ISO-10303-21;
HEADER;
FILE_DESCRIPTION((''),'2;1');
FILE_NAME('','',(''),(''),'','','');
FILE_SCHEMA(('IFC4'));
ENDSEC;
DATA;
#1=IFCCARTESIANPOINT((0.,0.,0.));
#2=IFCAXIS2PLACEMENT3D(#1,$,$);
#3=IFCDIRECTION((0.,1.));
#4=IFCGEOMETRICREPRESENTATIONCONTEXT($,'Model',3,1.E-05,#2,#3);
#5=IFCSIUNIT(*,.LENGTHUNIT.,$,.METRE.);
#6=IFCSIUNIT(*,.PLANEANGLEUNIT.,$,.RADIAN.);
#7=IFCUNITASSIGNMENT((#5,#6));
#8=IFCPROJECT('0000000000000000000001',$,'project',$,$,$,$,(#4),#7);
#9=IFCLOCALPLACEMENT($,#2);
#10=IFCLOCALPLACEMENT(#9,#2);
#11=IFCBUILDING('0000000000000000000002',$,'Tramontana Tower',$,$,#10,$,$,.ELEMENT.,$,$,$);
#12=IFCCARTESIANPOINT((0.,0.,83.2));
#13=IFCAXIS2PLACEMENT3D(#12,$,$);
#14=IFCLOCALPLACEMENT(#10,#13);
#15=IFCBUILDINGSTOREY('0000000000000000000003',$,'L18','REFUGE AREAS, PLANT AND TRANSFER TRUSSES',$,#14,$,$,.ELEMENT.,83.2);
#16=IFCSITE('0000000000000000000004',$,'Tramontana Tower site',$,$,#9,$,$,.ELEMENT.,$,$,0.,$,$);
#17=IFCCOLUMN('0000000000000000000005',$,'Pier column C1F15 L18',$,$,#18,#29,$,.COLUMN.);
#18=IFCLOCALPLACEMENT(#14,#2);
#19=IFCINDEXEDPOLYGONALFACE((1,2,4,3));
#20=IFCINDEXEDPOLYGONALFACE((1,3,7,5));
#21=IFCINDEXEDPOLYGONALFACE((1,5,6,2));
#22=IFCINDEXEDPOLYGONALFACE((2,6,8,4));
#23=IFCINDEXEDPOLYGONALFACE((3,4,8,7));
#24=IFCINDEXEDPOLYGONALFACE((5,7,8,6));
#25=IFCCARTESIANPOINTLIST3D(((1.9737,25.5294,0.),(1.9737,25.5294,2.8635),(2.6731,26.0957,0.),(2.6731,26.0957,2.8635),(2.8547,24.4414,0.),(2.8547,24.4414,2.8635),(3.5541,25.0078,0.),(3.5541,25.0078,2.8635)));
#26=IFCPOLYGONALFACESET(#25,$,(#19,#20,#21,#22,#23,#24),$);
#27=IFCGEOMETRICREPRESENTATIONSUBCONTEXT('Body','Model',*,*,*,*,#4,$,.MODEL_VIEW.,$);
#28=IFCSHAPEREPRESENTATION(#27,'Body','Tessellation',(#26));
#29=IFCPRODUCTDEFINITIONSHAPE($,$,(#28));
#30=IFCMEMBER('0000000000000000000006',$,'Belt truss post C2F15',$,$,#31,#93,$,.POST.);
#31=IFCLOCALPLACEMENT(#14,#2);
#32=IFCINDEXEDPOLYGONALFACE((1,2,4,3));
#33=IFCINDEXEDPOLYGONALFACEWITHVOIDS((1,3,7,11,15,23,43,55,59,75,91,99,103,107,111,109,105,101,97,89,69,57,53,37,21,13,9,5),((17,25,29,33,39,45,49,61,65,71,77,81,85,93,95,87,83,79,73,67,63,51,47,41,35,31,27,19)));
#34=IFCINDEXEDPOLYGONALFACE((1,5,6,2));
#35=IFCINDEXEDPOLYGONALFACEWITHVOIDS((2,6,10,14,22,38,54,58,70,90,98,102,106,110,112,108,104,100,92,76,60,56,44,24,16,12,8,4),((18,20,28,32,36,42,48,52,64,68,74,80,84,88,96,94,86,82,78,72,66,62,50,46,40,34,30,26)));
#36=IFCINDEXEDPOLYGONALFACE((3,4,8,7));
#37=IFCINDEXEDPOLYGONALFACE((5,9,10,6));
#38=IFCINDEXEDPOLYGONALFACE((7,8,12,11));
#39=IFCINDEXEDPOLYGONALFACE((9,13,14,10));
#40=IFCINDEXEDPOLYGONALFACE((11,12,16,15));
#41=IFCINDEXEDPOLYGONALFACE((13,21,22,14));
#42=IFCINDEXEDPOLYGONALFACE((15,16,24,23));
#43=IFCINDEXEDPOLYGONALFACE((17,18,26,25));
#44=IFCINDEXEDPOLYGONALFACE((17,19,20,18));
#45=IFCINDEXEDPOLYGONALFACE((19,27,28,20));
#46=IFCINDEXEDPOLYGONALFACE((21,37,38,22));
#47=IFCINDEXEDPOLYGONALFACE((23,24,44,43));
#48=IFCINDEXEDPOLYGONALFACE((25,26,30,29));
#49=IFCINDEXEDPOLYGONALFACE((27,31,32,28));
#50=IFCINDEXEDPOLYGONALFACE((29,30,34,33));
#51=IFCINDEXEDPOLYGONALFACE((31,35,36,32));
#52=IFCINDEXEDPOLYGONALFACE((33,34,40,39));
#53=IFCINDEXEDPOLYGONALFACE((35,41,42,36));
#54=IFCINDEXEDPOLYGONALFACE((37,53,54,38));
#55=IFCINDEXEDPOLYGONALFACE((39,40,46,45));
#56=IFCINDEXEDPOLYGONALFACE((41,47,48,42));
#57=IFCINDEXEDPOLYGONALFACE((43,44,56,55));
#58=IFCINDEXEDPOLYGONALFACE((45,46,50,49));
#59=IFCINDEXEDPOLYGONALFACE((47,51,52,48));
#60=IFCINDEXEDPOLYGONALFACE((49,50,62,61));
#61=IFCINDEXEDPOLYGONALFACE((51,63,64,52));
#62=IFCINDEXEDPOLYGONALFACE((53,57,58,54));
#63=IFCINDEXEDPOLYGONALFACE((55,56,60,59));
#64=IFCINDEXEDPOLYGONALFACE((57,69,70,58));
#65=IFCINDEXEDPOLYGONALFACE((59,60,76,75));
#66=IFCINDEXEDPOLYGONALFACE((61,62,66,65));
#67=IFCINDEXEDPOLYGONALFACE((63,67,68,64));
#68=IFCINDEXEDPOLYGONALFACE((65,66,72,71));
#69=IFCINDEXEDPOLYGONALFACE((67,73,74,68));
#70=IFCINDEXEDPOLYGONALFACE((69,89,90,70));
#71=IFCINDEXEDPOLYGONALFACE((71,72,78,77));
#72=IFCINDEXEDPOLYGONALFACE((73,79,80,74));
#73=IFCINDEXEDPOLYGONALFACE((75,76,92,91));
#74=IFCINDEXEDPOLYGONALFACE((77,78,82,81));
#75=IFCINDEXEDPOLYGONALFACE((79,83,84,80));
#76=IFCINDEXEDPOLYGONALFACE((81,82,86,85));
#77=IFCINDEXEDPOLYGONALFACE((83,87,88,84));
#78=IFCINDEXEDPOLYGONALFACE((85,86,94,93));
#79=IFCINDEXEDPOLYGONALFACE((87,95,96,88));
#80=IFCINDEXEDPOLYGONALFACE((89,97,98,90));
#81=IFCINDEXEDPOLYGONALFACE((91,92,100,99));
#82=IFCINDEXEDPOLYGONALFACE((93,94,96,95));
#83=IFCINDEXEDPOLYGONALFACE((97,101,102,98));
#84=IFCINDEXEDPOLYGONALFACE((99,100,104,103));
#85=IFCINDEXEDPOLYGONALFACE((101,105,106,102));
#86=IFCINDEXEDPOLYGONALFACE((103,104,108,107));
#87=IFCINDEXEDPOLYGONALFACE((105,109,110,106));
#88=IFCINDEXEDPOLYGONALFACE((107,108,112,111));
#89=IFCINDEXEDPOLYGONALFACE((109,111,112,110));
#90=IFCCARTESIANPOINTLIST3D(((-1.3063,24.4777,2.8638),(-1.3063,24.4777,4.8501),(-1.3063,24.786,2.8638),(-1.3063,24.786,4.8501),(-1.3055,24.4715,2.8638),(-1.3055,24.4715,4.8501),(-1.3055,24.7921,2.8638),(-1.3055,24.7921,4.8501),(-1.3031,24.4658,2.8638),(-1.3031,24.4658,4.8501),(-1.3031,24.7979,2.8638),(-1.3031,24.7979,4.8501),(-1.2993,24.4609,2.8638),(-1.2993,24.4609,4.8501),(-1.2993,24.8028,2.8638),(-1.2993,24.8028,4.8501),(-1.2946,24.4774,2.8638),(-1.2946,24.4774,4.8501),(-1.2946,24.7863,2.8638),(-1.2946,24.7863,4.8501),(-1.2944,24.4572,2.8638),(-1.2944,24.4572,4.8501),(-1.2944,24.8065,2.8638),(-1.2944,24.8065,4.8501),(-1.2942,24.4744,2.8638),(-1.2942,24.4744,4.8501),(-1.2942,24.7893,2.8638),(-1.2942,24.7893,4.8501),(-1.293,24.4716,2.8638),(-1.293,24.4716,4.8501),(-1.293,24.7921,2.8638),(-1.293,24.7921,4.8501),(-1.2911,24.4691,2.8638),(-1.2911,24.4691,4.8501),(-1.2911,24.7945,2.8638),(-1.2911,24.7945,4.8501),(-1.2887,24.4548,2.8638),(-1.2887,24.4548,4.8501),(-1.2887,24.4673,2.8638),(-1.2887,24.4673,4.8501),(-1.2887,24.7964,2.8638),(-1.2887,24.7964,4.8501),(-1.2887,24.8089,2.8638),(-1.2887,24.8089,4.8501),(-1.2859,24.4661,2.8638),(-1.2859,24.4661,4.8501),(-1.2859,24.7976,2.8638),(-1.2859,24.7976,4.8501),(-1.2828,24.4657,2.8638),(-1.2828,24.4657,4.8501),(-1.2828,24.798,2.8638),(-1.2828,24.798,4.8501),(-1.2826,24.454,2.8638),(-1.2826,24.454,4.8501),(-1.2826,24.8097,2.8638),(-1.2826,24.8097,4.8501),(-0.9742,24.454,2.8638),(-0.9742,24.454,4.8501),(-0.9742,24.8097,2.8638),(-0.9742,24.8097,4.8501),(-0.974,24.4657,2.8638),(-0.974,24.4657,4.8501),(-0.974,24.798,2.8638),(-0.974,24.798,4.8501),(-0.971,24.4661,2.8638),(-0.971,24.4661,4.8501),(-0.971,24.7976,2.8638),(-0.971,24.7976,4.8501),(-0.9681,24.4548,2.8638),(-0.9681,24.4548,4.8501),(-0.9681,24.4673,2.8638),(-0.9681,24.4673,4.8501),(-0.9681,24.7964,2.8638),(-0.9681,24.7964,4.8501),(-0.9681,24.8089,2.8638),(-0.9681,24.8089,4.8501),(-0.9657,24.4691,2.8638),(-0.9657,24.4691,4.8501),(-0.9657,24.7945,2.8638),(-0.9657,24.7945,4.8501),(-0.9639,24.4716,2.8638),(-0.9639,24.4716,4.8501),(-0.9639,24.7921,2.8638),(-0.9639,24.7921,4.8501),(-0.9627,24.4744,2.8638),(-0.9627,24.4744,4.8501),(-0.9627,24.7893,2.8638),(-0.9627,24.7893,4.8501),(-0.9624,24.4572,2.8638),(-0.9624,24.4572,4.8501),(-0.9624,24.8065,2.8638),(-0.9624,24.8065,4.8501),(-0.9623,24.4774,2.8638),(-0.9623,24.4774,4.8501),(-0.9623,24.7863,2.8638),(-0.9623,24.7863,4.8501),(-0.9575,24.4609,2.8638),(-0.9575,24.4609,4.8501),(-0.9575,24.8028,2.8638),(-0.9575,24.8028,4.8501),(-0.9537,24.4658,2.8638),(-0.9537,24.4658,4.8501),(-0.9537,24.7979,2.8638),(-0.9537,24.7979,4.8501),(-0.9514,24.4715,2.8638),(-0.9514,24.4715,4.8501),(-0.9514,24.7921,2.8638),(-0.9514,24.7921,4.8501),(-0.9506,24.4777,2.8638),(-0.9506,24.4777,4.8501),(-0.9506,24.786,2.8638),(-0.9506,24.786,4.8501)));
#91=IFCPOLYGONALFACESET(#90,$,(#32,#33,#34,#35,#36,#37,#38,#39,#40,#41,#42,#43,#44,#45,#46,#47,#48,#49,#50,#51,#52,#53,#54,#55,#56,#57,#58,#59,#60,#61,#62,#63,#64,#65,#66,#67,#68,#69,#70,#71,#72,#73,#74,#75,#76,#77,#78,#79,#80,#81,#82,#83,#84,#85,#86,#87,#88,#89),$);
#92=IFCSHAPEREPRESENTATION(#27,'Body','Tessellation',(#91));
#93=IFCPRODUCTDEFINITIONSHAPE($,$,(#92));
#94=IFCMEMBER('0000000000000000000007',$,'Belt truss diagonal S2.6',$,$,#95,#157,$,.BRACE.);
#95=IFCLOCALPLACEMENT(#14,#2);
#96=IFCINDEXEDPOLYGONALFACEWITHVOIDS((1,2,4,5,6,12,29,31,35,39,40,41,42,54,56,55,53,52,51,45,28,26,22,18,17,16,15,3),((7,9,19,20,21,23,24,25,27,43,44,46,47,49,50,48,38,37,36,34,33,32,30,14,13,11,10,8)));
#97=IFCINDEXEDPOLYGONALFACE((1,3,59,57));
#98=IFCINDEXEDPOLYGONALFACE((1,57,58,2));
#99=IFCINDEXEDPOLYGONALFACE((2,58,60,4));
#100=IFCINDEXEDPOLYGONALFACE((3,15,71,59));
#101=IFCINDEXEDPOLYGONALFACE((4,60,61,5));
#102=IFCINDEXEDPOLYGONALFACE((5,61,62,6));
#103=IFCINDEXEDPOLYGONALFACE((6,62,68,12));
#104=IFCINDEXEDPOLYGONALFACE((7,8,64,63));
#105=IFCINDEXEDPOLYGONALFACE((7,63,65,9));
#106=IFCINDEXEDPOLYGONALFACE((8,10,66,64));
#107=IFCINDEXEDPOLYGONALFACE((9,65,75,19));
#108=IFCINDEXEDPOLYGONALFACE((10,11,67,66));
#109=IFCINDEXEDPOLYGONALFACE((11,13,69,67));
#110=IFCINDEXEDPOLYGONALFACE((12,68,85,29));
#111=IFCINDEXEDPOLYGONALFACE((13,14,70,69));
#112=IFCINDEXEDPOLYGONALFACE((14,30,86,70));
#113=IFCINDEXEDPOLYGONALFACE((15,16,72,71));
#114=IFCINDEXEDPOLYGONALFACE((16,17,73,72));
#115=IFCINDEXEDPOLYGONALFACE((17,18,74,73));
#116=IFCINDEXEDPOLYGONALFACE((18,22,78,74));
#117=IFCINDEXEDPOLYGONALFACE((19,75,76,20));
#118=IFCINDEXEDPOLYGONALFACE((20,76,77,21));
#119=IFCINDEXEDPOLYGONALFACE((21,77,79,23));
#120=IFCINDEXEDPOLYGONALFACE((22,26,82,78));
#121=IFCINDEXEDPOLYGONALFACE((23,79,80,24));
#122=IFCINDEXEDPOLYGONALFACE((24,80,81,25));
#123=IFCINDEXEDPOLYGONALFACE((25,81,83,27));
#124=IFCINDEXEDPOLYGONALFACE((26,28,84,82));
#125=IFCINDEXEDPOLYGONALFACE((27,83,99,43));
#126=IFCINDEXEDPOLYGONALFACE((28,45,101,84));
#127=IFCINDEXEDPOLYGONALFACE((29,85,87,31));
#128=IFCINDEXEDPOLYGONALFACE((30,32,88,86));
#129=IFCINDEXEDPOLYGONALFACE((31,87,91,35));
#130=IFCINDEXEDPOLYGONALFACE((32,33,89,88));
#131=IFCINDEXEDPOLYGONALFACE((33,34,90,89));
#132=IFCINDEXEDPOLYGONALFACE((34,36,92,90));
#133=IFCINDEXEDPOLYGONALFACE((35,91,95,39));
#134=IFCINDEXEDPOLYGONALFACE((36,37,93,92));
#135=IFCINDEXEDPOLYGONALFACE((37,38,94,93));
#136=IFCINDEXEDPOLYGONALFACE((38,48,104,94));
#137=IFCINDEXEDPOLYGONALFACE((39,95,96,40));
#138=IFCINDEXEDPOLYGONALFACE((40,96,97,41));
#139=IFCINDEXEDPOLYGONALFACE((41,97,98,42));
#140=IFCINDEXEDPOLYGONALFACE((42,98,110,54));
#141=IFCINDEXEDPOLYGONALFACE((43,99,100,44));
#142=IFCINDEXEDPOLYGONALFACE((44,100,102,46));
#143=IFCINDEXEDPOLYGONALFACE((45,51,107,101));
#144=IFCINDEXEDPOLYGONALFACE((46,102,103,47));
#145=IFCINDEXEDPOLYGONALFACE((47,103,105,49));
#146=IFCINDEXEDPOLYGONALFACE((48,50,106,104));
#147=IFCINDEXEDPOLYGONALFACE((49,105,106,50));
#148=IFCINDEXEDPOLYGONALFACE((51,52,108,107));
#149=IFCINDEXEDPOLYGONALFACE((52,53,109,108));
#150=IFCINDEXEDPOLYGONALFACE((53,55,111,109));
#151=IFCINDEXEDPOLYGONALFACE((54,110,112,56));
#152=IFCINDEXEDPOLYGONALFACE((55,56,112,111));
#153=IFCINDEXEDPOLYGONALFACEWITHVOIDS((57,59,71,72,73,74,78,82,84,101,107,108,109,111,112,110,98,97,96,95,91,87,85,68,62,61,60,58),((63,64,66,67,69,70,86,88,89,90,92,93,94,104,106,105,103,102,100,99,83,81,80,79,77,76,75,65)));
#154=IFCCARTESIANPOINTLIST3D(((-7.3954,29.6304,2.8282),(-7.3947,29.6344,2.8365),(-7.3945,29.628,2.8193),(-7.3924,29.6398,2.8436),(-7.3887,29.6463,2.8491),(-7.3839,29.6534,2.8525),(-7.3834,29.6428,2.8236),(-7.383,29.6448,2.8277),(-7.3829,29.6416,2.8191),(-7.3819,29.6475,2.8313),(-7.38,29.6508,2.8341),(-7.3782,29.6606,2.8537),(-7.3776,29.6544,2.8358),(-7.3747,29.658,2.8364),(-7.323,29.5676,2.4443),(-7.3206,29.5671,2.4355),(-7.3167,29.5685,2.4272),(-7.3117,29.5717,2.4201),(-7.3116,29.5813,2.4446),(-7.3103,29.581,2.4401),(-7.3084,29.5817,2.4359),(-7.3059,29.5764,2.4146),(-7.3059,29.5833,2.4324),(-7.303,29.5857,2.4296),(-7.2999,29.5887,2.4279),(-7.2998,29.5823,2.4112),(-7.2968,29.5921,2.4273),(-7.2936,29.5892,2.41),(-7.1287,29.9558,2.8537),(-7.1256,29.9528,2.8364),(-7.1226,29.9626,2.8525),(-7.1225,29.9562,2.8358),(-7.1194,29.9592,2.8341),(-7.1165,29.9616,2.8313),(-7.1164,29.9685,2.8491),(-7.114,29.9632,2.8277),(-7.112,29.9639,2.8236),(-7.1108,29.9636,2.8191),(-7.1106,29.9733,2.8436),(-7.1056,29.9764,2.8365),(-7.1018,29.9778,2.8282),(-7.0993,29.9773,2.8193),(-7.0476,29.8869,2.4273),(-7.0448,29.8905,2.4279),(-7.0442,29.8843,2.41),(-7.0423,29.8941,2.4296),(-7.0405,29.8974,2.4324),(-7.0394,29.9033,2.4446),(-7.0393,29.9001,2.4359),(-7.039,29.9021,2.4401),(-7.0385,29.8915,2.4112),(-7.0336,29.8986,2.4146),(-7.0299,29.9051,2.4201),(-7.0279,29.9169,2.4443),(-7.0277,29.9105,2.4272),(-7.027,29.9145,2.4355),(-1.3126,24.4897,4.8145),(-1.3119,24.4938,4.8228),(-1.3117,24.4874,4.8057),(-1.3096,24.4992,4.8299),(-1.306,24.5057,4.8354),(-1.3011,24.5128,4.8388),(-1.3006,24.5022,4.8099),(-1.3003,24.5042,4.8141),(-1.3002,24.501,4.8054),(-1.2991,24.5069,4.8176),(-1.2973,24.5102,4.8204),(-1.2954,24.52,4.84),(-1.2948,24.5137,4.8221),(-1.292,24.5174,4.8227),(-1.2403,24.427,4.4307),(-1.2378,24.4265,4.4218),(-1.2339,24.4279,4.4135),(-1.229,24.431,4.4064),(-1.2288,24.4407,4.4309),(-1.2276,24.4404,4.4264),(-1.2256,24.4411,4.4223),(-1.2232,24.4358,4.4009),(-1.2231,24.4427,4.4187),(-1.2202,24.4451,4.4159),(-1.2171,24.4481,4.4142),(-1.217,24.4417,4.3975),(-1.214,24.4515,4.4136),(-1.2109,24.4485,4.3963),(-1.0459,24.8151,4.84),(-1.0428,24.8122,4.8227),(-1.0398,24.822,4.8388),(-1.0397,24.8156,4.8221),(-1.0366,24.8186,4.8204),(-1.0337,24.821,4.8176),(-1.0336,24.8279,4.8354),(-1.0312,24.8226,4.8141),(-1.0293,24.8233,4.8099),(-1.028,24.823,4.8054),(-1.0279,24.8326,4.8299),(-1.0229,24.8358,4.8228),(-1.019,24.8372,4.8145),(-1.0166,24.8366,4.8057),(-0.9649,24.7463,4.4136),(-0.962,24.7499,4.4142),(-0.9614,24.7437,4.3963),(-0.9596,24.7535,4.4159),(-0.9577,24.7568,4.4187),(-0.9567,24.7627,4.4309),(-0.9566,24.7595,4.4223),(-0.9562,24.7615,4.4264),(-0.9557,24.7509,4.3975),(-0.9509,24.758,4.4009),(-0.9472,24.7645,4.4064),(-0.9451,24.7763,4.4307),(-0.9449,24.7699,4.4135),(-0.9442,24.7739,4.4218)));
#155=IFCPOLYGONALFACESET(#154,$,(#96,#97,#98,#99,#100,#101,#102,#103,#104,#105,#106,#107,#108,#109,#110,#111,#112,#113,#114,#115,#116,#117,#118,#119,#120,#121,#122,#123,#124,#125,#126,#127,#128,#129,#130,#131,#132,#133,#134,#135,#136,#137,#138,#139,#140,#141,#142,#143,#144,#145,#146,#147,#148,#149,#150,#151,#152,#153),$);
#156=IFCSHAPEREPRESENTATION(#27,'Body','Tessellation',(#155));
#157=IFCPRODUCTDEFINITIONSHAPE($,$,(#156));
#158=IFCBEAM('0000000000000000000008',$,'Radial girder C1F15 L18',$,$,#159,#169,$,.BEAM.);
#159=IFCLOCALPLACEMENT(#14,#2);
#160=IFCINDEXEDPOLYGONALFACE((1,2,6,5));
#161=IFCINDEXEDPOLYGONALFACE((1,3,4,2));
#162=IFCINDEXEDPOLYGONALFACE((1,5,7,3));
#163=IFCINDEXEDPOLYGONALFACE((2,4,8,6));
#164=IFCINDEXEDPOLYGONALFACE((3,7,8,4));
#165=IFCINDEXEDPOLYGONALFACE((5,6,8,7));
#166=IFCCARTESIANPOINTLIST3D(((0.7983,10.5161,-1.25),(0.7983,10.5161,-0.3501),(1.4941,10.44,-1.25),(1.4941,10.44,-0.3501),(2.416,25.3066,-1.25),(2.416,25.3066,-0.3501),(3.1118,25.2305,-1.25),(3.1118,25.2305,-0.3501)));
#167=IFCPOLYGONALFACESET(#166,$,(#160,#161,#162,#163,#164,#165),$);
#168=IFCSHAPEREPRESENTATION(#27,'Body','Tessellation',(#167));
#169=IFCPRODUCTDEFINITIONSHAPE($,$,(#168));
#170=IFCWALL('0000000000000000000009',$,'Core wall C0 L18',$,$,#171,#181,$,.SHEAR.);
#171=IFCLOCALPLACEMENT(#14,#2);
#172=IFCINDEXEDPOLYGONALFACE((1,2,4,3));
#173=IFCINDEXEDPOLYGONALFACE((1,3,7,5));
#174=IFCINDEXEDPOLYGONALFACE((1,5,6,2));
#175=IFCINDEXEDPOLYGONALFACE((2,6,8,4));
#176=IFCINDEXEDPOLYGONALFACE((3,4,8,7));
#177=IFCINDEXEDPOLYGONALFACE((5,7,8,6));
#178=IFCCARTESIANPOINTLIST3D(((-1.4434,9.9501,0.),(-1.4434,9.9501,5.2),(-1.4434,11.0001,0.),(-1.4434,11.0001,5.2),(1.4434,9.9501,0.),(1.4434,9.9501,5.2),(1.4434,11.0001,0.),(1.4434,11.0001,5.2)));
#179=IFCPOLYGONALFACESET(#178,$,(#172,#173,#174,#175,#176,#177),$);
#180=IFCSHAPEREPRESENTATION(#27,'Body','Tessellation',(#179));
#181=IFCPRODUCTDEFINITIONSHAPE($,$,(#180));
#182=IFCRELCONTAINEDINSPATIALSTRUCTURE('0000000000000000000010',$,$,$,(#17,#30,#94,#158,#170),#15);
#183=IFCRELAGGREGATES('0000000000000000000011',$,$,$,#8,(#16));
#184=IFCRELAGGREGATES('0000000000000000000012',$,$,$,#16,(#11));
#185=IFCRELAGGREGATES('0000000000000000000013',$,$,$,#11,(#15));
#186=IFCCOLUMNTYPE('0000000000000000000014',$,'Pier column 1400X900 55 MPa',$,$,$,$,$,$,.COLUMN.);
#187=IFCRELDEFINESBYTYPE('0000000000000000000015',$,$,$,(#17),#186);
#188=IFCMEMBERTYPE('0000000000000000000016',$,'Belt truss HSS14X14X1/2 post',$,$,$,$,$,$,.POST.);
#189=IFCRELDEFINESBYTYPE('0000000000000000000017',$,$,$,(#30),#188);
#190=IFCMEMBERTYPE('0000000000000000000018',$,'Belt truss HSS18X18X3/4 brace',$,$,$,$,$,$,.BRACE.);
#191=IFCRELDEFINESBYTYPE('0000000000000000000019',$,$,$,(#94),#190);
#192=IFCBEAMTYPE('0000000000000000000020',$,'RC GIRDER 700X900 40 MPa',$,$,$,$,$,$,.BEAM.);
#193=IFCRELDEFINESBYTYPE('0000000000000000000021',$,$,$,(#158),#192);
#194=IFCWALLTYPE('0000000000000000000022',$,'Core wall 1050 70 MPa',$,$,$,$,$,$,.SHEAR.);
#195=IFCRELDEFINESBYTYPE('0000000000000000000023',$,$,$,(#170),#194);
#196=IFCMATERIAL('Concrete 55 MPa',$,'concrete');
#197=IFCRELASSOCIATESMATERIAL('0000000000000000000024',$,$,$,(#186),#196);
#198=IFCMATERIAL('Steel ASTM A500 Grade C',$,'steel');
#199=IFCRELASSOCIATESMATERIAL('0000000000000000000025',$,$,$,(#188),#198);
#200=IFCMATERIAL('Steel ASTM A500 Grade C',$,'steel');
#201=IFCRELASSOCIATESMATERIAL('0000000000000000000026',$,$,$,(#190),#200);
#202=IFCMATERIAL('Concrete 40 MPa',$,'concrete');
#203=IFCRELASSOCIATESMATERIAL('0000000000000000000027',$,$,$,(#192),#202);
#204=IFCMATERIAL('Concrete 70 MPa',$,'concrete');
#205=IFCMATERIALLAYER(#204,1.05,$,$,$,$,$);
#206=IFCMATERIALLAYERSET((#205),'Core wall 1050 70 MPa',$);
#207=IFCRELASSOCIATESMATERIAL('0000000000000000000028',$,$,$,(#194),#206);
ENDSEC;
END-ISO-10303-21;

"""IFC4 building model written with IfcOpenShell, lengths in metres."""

from ifc_helpers import new_model, si_unit, direction, frame, frame_2d, origin, origin_2d, place, context, subcontext, project, spatial, rectangle, hollow_rectangle, extrude, material, layer, layer_set, material_profile, profile_set, type_object, element, save


model = new_model("IFC4")

# Units and contexts
model_context = context("Model", 3, precision=1e-05, world=origin(), true_north=direction((0.0, 1.0)))
body_context = subcontext(model_context, "Body", "Model", "MODEL_VIEW")
ifc_project = project(units=[si_unit("LENGTHUNIT", "METRE"), si_unit("PLANEANGLEUNIT", "RADIAN")], contexts=[model_context])

# Site, building, storey
site_placement = place(None, origin())
site = spatial("IfcSite", under=ifc_project, at=site_placement, Name="Tramontana Tower site", CompositionType="ELEMENT", RefElevation=0.0)
building_placement = place(site_placement, origin())
building = spatial("IfcBuilding", under=site, at=building_placement, Name="Tramontana Tower", CompositionType="ELEMENT")
storey_placement = place(building_placement, frame((0.0, 0.0, 83.2)))
storey = spatial("IfcBuildingStorey", under=building, at=storey_placement, Name="L18", Description="REFUGE AREAS, PLANT AND TRANSFER TRUSSES", CompositionType="ELEMENT", Elevation=83.2)

# Column
ifc_material_1 = material(Name="Concrete 55 MPa", Category="concrete")
ifc_material_profile_1 = material_profile(ifc_material_1, rectangle(XDim=1.3999, YDim=0.8999, at=origin_2d()), Name="Pier column 1400X900 55 MPa")
ifc_profile_set_1 = profile_set([ifc_material_profile_1], Name="Concrete 55 MPa")
column_type = type_object("IfcColumnType", Name="Pier column 1400X900 55 MPa", PredefinedType="COLUMN", material=ifc_profile_set_1)
column_placement = place(storey_placement, frame((2.7639, 25.2686, 0.0), z_axis=(0.0, 0.0, 1.0), x_axis=(-0.62932, 0.777146, 0.0)))
element("IfcColumn", 1, at=column_placement, inside=storey, type_object=column_type, Name="Pier column C1F15 L18", PredefinedType="COLUMN", context=body_context, shape_type="SweptSolid", body=[
    extrude(rectangle(XDim=1.3999, YDim=0.8999, at=origin_2d()), origin(), (0.0, 0.0, 1.0), 2.8635),
])

# Members
ifc_material_2 = material(Name="Steel ASTM A500 Grade C", Category="steel")
ifc_material_profile_2 = material_profile(ifc_material_2, hollow_rectangle(XDim=0.3557, YDim=0.3557, WallThickness=0.0117, InnerFilletRadius=0.0117, OuterFilletRadius=0.0237, at=origin_2d()), Name="HSS14X14X1/2")
ifc_profile_set_2 = profile_set([ifc_material_profile_2], Name="Steel ASTM A500 Grade C")
member_type_1 = type_object("IfcMemberType", Name="Belt truss HSS14X14X1/2 post", PredefinedType="POST", material=ifc_profile_set_2)
member_1_placement = place(storey_placement, frame((-1.1284, 24.6318, 2.8638), z_axis=(0.0, 0.0, 1.0), x_axis=(1.0, 0.0, 0.0)))
element("IfcMember", 2, at=member_1_placement, inside=storey, type_object=member_type_1, Name="Belt truss post C2F15", PredefinedType="POST", context=body_context, shape_type="SweptSolid", body=[
    extrude(hollow_rectangle(XDim=0.3557, YDim=0.3557, WallThickness=0.0117, InnerFilletRadius=0.0117, OuterFilletRadius=0.0237, at=origin_2d()), origin(), (0.0, 0.0, 1.0), 1.9863),
])
ifc_material_3 = material(Name="Steel ASTM A500 Grade C", Category="steel")
ifc_material_profile_3 = material_profile(ifc_material_3, hollow_rectangle(XDim=0.4573, YDim=0.4573, WallThickness=0.0178, InnerFilletRadius=0.0178, OuterFilletRadius=0.0354, at=origin_2d()), Name="HSS18X18X3/4")
ifc_profile_set_3 = profile_set([ifc_material_profile_3], Name="Steel ASTM A500 Grade C")
member_type_2 = type_object("IfcMemberType", Name="Belt truss HSS18X18X3/4 brace", PredefinedType="BRACE", material=ifc_profile_set_3)
member_2_placement = place(storey_placement, frame((-1.1284, 24.6318, 4.6182), z_axis=(-0.741076, 0.626293, -0.241999), x_axis=(-0.645479, -0.763778, 0.0)))
element("IfcMember", 3, at=member_2_placement, inside=storey, type_object=member_type_2, Name="Belt truss diagonal S2.6", PredefinedType="BRACE", context=body_context, shape_type="SweptSolid", body=[
    extrude(hollow_rectangle(XDim=0.4573, YDim=0.4573, WallThickness=0.0178, InnerFilletRadius=0.0178, OuterFilletRadius=0.0354, at=origin_2d()), origin(), (0.0, 0.0, 1.0), 8.208),
])

# Beam
ifc_material_4 = material(Name="Concrete 40 MPa", Category="concrete")
ifc_material_profile_4 = material_profile(ifc_material_4, rectangle(XDim=0.7, YDim=0.8999, at=origin_2d()), Name="RC GIRDER 700X900 40 MPa")
ifc_profile_set_4 = profile_set([ifc_material_profile_4], Name="Concrete 40 MPa")
beam_type = type_object("IfcBeamType", Name="RC GIRDER 700X900 40 MPa", PredefinedType="BEAM", material=ifc_profile_set_4)
beam_placement = place(storey_placement, frame((2.7639, 25.2686, -0.8), z_axis=(-0.108724, -0.994072, 0.0), x_axis=(0.994072, -0.108724, 0.0)))
element("IfcBeam", 4, at=beam_placement, inside=storey, type_object=beam_type, Name="Radial girder C1F15 L18", PredefinedType="BEAM", context=body_context, shape_type="SweptSolid", body=[
    extrude(rectangle(XDim=0.7, YDim=0.8999, at=origin_2d()), origin(), (0.0, 0.0, 1.0), 14.8787),
])

# Wall
ifc_material_5 = material(Name="Concrete 70 MPa", Category="concrete")
ifc_layer_1 = layer(ifc_material_5, 1.05)
ifc_layer_set_1 = layer_set([ifc_layer_1], Name="Core wall 1050 70 MPa")
wall_type_1 = type_object("IfcWallType", Name="Core wall 1050 70 MPa", PredefinedType="SHEAR", material=ifc_layer_set_1)
wall_1_placement = place(storey_placement, frame((1.4434, 10.4751, 0.0), z_axis=(0.0, 0.0, 1.0), x_axis=(-1.0, 0.0, 0.0)))
element("IfcWall", 5, at=wall_1_placement, inside=storey, type_object=wall_type_1, Name="Core wall C0 L18", PredefinedType="SHEAR", context=body_context, shape_type="SweptSolid", body=[
    extrude(rectangle(XDim=2.8867, YDim=1.05, at=frame_2d((1.4434, 0.0))), origin(), (0.0, 0.0, 1.0), 5.2),
])

save(model, "model.ifc")
